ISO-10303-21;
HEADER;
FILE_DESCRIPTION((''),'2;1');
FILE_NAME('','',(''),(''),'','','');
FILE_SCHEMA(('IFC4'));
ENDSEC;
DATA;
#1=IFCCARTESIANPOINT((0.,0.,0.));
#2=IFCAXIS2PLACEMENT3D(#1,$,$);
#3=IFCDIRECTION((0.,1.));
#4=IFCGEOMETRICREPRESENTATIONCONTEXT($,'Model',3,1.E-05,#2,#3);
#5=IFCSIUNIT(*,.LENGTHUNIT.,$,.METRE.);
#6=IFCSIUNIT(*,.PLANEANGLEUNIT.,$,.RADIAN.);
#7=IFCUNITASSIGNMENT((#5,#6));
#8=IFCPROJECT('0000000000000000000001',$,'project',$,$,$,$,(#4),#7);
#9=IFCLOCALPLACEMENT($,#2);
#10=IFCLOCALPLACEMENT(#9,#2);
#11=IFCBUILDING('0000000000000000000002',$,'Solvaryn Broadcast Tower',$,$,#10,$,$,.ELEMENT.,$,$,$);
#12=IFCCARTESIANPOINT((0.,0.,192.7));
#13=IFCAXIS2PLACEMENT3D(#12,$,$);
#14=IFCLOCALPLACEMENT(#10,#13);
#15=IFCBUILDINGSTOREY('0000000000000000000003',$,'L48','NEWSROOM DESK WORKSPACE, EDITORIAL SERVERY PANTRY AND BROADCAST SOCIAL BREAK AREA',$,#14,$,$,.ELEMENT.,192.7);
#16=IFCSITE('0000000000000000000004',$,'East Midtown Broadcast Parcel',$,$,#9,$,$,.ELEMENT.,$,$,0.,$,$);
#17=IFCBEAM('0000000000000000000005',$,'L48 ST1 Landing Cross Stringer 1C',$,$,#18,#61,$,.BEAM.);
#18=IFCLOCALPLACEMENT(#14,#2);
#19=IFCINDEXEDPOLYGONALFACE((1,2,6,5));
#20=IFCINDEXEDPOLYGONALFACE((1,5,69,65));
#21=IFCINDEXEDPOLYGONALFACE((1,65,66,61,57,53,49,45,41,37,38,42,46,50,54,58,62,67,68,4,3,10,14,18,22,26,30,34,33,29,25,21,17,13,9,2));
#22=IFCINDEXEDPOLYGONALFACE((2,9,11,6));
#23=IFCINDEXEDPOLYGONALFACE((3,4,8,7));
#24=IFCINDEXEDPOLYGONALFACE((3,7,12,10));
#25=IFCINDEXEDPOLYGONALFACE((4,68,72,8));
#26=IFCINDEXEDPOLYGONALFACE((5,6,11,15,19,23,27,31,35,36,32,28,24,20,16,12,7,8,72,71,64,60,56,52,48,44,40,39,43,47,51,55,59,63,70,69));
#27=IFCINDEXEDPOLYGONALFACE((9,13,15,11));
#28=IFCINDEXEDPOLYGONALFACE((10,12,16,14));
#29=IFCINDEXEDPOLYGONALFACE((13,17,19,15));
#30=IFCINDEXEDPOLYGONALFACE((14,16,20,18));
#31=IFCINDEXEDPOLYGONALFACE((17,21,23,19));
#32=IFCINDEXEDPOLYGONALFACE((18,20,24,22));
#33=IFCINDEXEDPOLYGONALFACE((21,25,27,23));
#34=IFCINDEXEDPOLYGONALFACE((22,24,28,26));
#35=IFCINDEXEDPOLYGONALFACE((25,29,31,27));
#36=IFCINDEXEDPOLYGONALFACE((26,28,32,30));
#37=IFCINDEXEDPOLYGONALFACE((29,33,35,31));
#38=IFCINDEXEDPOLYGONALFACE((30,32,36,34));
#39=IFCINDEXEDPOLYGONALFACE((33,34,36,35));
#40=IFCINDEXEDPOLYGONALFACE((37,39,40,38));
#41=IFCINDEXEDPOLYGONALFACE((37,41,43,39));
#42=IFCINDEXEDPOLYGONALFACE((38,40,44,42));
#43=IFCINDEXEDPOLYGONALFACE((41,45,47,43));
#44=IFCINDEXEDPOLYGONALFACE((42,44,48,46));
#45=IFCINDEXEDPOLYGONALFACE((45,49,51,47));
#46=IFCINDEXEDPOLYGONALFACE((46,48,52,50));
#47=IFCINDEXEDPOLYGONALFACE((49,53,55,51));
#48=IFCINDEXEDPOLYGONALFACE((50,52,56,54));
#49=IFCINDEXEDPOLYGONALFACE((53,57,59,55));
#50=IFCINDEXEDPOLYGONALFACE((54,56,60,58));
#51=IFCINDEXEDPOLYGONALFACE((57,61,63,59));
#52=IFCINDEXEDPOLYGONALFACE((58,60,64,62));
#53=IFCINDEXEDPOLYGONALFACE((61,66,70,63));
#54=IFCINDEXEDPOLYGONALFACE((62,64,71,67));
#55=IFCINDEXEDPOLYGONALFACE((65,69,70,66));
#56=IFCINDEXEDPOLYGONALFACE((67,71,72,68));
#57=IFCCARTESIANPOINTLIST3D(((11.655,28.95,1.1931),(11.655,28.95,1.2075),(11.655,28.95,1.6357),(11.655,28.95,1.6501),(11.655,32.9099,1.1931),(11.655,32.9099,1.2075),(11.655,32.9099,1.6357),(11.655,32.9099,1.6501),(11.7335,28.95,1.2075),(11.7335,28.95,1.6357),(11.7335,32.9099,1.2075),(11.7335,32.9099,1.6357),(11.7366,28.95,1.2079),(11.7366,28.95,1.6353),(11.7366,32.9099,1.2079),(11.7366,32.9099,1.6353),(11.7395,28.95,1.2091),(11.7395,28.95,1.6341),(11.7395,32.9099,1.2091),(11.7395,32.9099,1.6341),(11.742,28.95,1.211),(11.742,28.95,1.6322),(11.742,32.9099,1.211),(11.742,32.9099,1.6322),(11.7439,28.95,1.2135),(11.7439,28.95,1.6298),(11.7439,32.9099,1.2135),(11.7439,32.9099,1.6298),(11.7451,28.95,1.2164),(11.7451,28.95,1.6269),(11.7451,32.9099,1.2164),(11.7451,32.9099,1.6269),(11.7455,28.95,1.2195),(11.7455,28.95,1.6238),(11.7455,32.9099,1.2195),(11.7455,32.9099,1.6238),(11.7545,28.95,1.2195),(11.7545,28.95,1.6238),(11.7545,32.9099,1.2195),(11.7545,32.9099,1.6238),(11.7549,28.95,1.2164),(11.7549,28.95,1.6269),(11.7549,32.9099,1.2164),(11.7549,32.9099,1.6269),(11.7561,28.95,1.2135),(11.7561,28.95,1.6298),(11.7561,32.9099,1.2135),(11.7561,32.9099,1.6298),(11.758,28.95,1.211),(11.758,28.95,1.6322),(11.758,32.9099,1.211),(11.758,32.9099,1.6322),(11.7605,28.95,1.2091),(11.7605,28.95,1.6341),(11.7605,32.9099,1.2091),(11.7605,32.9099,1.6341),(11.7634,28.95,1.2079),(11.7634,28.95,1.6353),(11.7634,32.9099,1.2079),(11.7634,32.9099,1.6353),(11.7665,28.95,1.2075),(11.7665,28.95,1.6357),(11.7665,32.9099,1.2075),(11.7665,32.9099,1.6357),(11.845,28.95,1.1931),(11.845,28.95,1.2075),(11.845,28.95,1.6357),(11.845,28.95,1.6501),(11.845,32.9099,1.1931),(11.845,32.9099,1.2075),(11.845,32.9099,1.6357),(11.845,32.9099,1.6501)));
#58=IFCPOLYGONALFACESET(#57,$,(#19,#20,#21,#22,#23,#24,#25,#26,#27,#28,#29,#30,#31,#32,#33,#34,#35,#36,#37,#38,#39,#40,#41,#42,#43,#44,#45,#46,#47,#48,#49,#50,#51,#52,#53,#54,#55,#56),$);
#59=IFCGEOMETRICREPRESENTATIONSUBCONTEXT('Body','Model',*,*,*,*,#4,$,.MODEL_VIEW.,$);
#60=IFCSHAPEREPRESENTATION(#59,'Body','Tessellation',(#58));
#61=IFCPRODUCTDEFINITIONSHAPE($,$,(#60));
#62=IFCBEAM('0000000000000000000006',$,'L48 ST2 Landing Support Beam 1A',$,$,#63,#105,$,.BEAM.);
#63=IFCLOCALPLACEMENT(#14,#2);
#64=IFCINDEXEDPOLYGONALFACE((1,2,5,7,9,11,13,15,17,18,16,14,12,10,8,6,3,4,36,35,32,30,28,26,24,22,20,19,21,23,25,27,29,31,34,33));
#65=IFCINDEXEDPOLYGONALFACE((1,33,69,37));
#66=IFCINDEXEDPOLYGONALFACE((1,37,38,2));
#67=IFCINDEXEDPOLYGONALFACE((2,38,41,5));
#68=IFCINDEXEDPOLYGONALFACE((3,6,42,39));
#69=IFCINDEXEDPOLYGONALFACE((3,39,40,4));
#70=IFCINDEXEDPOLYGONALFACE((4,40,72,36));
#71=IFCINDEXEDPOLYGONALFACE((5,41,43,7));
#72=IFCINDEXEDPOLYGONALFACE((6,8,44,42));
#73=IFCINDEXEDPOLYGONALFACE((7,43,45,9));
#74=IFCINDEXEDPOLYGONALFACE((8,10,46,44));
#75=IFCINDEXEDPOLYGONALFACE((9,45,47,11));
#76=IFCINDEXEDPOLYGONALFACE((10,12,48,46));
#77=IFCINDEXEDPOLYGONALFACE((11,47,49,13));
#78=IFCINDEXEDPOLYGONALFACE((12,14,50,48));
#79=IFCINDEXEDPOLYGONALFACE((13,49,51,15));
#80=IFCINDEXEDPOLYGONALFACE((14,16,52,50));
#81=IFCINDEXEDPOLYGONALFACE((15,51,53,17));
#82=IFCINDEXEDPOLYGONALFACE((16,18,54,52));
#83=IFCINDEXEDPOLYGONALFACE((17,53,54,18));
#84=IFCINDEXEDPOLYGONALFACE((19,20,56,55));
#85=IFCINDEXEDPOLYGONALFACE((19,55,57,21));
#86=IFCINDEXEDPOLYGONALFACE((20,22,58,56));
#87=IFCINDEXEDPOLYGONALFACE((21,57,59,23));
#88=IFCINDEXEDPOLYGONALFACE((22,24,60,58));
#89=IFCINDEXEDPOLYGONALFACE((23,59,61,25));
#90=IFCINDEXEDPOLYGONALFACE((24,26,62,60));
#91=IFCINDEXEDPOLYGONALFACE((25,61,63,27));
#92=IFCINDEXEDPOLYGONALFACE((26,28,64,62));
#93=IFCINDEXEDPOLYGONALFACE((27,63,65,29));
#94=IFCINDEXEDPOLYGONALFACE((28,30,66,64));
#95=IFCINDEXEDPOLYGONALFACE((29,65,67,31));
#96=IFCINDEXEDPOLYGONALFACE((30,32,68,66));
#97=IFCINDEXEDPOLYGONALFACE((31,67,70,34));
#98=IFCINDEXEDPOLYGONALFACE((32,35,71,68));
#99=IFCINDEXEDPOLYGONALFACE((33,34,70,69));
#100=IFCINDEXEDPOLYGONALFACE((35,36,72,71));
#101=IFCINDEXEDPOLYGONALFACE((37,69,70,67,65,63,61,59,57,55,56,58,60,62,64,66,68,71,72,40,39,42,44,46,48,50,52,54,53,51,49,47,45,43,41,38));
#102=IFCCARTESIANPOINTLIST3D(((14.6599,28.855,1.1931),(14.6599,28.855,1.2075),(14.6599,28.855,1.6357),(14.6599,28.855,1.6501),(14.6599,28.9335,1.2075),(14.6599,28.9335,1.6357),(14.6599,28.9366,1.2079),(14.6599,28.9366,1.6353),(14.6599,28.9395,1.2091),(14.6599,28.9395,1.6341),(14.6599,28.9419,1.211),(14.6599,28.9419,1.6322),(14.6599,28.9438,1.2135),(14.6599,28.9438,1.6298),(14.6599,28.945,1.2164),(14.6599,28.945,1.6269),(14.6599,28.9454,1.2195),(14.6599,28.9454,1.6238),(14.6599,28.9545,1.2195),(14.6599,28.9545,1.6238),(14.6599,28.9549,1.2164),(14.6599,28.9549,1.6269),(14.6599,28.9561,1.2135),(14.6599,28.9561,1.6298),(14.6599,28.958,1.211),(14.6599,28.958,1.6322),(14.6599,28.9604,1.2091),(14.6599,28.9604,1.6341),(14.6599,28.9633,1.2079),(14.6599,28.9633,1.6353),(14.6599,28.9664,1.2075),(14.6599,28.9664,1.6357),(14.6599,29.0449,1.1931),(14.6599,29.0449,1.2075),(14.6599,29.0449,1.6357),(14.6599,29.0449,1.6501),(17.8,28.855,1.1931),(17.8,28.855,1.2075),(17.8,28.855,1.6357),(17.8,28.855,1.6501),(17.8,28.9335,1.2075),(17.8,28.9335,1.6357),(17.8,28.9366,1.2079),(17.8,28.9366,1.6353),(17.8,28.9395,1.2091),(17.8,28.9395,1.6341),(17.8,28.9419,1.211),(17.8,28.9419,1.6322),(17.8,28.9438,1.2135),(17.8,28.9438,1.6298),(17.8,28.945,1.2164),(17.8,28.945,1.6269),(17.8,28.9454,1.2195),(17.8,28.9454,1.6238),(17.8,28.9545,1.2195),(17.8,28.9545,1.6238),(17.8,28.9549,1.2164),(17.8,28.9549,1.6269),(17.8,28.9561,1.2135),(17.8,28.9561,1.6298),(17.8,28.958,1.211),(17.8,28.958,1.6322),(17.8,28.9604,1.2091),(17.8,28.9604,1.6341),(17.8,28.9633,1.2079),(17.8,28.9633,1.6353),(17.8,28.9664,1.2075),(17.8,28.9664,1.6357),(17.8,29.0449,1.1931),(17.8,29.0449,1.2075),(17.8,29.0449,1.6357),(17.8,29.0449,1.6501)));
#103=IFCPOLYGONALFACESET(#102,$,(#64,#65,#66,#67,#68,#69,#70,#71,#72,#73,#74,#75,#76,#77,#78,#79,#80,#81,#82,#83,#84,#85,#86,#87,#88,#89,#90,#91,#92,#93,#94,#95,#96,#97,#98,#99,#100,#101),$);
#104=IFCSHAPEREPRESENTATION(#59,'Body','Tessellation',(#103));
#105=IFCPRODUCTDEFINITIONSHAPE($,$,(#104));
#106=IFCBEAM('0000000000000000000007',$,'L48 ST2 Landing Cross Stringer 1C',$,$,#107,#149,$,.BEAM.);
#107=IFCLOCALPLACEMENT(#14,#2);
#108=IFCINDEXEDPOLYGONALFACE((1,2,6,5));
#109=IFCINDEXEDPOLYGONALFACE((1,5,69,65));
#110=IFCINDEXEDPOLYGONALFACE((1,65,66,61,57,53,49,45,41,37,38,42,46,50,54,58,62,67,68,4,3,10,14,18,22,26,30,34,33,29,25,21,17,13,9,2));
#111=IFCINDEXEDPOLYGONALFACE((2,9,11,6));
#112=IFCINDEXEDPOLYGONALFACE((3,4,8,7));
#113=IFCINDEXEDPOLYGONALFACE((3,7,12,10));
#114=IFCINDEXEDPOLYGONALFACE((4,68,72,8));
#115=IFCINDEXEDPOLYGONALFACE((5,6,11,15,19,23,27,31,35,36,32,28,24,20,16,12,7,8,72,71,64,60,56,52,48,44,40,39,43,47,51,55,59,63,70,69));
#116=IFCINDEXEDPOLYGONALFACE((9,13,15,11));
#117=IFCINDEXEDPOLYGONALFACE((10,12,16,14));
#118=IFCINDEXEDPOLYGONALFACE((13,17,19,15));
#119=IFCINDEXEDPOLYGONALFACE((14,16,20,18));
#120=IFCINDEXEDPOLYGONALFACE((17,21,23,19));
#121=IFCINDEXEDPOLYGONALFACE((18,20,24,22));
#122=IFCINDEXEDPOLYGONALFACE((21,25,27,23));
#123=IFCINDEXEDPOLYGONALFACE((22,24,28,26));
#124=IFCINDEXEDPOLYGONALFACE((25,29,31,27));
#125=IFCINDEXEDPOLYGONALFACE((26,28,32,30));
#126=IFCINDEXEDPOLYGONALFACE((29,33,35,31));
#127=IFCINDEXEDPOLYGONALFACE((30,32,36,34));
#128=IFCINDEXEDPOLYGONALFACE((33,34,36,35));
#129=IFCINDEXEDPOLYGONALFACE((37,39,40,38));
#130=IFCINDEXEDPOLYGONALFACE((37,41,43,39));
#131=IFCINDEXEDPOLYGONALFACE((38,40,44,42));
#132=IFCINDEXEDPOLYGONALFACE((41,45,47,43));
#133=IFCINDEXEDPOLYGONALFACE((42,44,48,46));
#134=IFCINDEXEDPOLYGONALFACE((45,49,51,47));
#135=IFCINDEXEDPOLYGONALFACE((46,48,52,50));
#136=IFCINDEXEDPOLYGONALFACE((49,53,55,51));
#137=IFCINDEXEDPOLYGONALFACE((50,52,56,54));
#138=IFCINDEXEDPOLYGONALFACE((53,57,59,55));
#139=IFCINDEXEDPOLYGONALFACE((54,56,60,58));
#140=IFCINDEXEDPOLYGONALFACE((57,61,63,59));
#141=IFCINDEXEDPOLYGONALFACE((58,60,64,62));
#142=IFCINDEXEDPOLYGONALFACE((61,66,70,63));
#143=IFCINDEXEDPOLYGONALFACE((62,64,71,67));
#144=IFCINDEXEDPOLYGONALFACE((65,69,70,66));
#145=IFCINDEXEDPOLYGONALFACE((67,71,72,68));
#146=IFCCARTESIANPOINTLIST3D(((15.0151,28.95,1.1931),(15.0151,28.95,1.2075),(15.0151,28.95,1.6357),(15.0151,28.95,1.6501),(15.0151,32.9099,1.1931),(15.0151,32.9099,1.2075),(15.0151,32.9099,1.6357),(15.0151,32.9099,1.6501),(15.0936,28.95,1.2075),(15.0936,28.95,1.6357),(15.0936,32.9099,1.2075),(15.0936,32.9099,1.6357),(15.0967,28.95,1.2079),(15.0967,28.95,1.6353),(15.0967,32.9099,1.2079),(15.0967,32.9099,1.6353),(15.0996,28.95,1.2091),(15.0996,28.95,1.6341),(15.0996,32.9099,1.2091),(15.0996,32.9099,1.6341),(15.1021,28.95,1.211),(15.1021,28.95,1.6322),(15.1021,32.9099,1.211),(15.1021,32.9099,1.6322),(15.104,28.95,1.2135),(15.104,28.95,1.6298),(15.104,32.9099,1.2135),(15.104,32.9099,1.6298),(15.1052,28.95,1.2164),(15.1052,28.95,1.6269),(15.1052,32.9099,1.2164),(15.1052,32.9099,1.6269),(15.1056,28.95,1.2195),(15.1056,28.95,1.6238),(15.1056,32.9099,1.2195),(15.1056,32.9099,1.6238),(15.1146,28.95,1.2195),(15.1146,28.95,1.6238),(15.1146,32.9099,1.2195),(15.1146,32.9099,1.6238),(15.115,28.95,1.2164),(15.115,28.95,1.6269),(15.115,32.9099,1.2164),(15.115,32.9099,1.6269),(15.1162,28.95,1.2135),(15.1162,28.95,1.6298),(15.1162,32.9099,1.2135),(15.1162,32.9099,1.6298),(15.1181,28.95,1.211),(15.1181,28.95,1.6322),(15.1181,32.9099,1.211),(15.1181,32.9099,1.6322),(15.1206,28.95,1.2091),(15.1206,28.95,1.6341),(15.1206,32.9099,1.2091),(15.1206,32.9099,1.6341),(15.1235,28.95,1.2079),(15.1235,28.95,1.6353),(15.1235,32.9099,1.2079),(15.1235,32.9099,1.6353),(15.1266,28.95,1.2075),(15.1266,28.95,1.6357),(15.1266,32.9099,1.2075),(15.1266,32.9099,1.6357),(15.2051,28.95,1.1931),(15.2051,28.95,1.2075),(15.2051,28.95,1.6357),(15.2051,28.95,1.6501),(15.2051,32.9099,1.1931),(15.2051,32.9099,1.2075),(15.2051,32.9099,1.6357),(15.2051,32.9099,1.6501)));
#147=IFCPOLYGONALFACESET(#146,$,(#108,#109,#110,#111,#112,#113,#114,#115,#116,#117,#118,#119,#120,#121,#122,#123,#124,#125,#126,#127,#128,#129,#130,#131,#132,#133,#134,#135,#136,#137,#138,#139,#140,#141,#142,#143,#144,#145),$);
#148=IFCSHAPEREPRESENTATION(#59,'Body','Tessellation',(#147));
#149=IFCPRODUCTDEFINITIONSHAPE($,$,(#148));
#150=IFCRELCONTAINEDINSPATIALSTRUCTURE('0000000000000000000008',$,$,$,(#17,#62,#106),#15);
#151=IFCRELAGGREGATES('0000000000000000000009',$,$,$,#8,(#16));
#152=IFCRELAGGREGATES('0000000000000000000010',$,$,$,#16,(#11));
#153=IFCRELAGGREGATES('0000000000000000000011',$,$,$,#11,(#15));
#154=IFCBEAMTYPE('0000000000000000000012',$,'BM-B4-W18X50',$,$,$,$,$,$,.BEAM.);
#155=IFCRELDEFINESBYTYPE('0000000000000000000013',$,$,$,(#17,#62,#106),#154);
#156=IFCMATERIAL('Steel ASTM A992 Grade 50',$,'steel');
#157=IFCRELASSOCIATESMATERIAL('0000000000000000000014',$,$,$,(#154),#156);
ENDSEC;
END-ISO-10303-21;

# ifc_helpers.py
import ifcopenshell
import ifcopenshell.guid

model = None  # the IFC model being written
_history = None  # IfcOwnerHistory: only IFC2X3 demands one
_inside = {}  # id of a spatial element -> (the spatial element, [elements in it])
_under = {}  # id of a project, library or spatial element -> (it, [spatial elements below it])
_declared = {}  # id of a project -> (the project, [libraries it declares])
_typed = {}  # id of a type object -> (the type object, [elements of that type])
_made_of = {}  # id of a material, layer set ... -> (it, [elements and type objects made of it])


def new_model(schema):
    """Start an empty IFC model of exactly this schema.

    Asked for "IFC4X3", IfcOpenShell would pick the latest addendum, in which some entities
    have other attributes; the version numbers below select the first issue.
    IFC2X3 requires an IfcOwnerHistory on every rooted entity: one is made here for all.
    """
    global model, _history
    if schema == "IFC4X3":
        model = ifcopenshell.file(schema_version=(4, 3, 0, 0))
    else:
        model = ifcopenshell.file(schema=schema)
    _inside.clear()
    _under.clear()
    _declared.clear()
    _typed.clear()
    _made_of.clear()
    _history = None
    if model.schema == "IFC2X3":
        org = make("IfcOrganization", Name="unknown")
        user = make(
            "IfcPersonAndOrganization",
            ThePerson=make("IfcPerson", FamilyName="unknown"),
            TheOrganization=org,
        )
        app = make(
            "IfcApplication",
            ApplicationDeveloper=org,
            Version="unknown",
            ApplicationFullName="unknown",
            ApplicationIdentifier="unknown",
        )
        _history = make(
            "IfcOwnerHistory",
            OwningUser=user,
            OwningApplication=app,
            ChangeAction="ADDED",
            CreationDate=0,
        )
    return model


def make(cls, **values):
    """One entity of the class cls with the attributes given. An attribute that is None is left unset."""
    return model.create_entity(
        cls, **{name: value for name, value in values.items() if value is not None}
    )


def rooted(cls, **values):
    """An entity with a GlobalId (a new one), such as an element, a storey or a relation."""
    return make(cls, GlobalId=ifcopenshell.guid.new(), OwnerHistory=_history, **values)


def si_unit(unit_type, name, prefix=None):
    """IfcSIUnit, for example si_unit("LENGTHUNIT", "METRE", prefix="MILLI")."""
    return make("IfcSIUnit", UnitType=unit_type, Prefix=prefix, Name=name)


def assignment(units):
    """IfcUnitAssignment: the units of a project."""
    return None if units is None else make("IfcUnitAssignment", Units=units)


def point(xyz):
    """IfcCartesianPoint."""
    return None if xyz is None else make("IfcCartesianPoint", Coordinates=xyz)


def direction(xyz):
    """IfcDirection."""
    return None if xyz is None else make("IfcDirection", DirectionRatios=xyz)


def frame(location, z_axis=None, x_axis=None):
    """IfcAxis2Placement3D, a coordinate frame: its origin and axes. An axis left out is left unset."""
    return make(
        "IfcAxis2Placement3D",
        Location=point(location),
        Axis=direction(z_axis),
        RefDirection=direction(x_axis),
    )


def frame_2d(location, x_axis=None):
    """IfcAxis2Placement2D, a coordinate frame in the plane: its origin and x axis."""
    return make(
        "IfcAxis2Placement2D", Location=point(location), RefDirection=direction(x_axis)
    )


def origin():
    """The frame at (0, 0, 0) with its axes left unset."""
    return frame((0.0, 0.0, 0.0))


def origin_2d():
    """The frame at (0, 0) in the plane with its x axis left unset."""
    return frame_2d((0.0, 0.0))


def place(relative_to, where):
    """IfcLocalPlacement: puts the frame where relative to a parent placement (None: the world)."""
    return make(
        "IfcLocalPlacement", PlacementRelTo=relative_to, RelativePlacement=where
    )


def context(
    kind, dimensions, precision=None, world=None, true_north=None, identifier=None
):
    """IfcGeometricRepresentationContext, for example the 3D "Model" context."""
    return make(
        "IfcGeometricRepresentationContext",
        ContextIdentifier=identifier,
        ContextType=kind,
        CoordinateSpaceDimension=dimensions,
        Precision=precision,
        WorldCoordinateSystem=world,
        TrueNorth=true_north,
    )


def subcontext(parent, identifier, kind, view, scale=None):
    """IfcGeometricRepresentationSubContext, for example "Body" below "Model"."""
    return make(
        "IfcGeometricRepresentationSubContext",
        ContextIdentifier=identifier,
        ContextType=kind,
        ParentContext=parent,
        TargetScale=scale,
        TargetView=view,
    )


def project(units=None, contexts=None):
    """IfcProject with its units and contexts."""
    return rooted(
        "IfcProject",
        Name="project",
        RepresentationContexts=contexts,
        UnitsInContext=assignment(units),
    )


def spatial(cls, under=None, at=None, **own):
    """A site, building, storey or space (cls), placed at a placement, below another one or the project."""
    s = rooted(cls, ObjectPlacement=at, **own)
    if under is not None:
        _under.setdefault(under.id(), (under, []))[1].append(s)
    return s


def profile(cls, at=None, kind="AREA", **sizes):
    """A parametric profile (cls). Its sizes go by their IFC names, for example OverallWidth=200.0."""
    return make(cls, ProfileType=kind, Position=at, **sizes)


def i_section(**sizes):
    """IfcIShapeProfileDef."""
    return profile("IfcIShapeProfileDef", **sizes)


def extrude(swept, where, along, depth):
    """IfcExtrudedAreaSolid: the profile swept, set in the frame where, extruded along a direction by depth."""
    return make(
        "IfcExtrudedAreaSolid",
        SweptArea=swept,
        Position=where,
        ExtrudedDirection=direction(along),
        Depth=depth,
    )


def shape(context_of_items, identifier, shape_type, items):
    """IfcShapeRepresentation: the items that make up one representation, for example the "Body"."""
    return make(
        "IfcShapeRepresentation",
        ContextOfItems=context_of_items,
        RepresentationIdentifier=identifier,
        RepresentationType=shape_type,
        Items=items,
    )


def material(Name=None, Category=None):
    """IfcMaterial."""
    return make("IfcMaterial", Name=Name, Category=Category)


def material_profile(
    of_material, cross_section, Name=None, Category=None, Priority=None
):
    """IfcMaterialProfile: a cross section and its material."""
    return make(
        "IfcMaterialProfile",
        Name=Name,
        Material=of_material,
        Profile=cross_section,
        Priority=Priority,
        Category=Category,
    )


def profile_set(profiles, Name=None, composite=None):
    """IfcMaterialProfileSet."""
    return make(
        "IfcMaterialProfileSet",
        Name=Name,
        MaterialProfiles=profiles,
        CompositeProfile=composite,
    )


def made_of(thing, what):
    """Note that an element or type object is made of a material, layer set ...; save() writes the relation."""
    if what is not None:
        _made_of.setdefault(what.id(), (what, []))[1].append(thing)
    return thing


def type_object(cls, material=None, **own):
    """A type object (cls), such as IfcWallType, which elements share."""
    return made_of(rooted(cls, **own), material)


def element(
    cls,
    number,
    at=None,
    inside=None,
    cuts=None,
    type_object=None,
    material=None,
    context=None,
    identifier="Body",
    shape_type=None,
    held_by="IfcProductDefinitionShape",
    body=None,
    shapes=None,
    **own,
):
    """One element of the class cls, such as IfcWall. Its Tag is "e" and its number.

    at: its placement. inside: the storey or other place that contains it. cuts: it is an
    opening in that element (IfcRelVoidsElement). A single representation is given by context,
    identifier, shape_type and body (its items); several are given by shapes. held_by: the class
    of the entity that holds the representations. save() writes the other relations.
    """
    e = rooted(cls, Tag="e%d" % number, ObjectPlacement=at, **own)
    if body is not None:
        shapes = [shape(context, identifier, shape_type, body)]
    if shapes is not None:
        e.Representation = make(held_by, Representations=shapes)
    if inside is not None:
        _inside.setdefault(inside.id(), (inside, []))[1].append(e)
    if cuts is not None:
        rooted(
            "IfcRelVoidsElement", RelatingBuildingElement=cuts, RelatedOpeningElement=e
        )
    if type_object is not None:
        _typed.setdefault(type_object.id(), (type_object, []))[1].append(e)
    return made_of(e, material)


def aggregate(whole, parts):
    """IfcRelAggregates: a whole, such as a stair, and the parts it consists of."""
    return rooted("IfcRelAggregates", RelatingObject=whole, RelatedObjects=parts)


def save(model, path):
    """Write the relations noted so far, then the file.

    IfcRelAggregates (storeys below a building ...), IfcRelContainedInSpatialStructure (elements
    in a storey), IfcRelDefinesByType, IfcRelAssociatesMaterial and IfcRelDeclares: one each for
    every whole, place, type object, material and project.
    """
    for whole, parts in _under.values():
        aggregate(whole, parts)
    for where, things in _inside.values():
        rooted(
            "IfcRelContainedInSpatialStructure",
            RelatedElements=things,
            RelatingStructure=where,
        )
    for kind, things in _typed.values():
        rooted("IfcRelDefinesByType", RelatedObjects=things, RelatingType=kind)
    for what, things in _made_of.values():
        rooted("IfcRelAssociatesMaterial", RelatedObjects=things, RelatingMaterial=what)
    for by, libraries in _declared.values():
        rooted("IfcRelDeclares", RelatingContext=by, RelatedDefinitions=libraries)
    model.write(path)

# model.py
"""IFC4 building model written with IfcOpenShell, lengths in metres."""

from ifc_helpers import new_model, si_unit, direction, frame, origin, origin_2d, place, context, subcontext, project, spatial, i_section, extrude, material, material_profile, profile_set, type_object, element, save


model = new_model("IFC4")

# Units and contexts
model_context = context("Model", 3, precision=1e-05, world=origin(), true_north=direction((0.0, 1.0)))
body_context = subcontext(model_context, "Body", "Model", "MODEL_VIEW")
ifc_project = project(units=[si_unit("LENGTHUNIT", "METRE"), si_unit("PLANEANGLEUNIT", "RADIAN")], contexts=[model_context])

# Site, building, storey
site_placement = place(None, origin())
site = spatial("IfcSite", under=ifc_project, at=site_placement, Name="East Midtown Broadcast Parcel", CompositionType="ELEMENT", RefElevation=0.0)
building_placement = place(site_placement, origin())
building = spatial("IfcBuilding", under=site, at=building_placement, Name="Solvaryn Broadcast Tower", CompositionType="ELEMENT")
storey_placement = place(building_placement, frame((0.0, 0.0, 192.7)))
storey = spatial("IfcBuildingStorey", under=building, at=storey_placement, Name="L48", Description="NEWSROOM DESK WORKSPACE, EDITORIAL SERVERY PANTRY AND BROADCAST SOCIAL BREAK AREA", CompositionType="ELEMENT", Elevation=192.7)

# Beams
ifc_material_1 = material(Name="Steel ASTM A992 Grade 50", Category="steel")
ifc_material_profile_1 = material_profile(ifc_material_1, i_section(OverallWidth=0.1899, OverallDepth=0.457, WebThickness=0.009, FlangeThickness=0.0144, FilletRadius=0.012, at=origin_2d()))
ifc_profile_set_1 = profile_set([ifc_material_profile_1], Name="Steel ASTM A992 Grade 50")
beam_type_1 = type_object("IfcBeamType", Name="BM-B4-W18X50", PredefinedType="BEAM", material=ifc_profile_set_1)
beam_1_placement = place(storey_placement, frame((11.75, 28.95, 1.4216), z_axis=(0.0, 1.0, 0.0), x_axis=(-1.0, 0.0, 0.0)))
element("IfcBeam", 1, at=beam_1_placement, inside=storey, type_object=beam_type_1, Name="L48 ST1 Landing Cross Stringer 1C", PredefinedType="BEAM", context=body_context, shape_type="SweptSolid", body=[
    extrude(i_section(OverallWidth=0.1899, OverallDepth=0.457, WebThickness=0.009, FlangeThickness=0.0144, FilletRadius=0.012, at=origin_2d()), origin(), (0.0, 0.0, 1.0), 3.96),
])
beam_2_placement = place(storey_placement, frame((14.6599, 28.95, 1.4216), z_axis=(1.0, 0.0, 0.0), x_axis=(0.0, 1.0, 0.0)))
element("IfcBeam", 2, at=beam_2_placement, inside=storey, type_object=beam_type_1, Name="L48 ST2 Landing Support Beam 1A", PredefinedType="BEAM", context=body_context, shape_type="SweptSolid", body=[
    extrude(i_section(OverallWidth=0.1899, OverallDepth=0.457, WebThickness=0.009, FlangeThickness=0.0144, FilletRadius=0.012, at=origin_2d()), origin(), (0.0, 0.0, 1.0), 3.1401),
])
beam_3_placement = place(storey_placement, frame((15.1101, 28.95, 1.4216), z_axis=(0.0, 1.0, 0.0), x_axis=(-1.0, 0.0, 0.0)))
element("IfcBeam", 3, at=beam_3_placement, inside=storey, type_object=beam_type_1, Name="L48 ST2 Landing Cross Stringer 1C", PredefinedType="BEAM", context=body_context, shape_type="SweptSolid", body=[
    extrude(i_section(OverallWidth=0.1899, OverallDepth=0.457, WebThickness=0.009, FlangeThickness=0.0144, FilletRadius=0.012, at=origin_2d()), origin(), (0.0, 0.0, 1.0), 3.96),
])

save(model, "model.ifc")
